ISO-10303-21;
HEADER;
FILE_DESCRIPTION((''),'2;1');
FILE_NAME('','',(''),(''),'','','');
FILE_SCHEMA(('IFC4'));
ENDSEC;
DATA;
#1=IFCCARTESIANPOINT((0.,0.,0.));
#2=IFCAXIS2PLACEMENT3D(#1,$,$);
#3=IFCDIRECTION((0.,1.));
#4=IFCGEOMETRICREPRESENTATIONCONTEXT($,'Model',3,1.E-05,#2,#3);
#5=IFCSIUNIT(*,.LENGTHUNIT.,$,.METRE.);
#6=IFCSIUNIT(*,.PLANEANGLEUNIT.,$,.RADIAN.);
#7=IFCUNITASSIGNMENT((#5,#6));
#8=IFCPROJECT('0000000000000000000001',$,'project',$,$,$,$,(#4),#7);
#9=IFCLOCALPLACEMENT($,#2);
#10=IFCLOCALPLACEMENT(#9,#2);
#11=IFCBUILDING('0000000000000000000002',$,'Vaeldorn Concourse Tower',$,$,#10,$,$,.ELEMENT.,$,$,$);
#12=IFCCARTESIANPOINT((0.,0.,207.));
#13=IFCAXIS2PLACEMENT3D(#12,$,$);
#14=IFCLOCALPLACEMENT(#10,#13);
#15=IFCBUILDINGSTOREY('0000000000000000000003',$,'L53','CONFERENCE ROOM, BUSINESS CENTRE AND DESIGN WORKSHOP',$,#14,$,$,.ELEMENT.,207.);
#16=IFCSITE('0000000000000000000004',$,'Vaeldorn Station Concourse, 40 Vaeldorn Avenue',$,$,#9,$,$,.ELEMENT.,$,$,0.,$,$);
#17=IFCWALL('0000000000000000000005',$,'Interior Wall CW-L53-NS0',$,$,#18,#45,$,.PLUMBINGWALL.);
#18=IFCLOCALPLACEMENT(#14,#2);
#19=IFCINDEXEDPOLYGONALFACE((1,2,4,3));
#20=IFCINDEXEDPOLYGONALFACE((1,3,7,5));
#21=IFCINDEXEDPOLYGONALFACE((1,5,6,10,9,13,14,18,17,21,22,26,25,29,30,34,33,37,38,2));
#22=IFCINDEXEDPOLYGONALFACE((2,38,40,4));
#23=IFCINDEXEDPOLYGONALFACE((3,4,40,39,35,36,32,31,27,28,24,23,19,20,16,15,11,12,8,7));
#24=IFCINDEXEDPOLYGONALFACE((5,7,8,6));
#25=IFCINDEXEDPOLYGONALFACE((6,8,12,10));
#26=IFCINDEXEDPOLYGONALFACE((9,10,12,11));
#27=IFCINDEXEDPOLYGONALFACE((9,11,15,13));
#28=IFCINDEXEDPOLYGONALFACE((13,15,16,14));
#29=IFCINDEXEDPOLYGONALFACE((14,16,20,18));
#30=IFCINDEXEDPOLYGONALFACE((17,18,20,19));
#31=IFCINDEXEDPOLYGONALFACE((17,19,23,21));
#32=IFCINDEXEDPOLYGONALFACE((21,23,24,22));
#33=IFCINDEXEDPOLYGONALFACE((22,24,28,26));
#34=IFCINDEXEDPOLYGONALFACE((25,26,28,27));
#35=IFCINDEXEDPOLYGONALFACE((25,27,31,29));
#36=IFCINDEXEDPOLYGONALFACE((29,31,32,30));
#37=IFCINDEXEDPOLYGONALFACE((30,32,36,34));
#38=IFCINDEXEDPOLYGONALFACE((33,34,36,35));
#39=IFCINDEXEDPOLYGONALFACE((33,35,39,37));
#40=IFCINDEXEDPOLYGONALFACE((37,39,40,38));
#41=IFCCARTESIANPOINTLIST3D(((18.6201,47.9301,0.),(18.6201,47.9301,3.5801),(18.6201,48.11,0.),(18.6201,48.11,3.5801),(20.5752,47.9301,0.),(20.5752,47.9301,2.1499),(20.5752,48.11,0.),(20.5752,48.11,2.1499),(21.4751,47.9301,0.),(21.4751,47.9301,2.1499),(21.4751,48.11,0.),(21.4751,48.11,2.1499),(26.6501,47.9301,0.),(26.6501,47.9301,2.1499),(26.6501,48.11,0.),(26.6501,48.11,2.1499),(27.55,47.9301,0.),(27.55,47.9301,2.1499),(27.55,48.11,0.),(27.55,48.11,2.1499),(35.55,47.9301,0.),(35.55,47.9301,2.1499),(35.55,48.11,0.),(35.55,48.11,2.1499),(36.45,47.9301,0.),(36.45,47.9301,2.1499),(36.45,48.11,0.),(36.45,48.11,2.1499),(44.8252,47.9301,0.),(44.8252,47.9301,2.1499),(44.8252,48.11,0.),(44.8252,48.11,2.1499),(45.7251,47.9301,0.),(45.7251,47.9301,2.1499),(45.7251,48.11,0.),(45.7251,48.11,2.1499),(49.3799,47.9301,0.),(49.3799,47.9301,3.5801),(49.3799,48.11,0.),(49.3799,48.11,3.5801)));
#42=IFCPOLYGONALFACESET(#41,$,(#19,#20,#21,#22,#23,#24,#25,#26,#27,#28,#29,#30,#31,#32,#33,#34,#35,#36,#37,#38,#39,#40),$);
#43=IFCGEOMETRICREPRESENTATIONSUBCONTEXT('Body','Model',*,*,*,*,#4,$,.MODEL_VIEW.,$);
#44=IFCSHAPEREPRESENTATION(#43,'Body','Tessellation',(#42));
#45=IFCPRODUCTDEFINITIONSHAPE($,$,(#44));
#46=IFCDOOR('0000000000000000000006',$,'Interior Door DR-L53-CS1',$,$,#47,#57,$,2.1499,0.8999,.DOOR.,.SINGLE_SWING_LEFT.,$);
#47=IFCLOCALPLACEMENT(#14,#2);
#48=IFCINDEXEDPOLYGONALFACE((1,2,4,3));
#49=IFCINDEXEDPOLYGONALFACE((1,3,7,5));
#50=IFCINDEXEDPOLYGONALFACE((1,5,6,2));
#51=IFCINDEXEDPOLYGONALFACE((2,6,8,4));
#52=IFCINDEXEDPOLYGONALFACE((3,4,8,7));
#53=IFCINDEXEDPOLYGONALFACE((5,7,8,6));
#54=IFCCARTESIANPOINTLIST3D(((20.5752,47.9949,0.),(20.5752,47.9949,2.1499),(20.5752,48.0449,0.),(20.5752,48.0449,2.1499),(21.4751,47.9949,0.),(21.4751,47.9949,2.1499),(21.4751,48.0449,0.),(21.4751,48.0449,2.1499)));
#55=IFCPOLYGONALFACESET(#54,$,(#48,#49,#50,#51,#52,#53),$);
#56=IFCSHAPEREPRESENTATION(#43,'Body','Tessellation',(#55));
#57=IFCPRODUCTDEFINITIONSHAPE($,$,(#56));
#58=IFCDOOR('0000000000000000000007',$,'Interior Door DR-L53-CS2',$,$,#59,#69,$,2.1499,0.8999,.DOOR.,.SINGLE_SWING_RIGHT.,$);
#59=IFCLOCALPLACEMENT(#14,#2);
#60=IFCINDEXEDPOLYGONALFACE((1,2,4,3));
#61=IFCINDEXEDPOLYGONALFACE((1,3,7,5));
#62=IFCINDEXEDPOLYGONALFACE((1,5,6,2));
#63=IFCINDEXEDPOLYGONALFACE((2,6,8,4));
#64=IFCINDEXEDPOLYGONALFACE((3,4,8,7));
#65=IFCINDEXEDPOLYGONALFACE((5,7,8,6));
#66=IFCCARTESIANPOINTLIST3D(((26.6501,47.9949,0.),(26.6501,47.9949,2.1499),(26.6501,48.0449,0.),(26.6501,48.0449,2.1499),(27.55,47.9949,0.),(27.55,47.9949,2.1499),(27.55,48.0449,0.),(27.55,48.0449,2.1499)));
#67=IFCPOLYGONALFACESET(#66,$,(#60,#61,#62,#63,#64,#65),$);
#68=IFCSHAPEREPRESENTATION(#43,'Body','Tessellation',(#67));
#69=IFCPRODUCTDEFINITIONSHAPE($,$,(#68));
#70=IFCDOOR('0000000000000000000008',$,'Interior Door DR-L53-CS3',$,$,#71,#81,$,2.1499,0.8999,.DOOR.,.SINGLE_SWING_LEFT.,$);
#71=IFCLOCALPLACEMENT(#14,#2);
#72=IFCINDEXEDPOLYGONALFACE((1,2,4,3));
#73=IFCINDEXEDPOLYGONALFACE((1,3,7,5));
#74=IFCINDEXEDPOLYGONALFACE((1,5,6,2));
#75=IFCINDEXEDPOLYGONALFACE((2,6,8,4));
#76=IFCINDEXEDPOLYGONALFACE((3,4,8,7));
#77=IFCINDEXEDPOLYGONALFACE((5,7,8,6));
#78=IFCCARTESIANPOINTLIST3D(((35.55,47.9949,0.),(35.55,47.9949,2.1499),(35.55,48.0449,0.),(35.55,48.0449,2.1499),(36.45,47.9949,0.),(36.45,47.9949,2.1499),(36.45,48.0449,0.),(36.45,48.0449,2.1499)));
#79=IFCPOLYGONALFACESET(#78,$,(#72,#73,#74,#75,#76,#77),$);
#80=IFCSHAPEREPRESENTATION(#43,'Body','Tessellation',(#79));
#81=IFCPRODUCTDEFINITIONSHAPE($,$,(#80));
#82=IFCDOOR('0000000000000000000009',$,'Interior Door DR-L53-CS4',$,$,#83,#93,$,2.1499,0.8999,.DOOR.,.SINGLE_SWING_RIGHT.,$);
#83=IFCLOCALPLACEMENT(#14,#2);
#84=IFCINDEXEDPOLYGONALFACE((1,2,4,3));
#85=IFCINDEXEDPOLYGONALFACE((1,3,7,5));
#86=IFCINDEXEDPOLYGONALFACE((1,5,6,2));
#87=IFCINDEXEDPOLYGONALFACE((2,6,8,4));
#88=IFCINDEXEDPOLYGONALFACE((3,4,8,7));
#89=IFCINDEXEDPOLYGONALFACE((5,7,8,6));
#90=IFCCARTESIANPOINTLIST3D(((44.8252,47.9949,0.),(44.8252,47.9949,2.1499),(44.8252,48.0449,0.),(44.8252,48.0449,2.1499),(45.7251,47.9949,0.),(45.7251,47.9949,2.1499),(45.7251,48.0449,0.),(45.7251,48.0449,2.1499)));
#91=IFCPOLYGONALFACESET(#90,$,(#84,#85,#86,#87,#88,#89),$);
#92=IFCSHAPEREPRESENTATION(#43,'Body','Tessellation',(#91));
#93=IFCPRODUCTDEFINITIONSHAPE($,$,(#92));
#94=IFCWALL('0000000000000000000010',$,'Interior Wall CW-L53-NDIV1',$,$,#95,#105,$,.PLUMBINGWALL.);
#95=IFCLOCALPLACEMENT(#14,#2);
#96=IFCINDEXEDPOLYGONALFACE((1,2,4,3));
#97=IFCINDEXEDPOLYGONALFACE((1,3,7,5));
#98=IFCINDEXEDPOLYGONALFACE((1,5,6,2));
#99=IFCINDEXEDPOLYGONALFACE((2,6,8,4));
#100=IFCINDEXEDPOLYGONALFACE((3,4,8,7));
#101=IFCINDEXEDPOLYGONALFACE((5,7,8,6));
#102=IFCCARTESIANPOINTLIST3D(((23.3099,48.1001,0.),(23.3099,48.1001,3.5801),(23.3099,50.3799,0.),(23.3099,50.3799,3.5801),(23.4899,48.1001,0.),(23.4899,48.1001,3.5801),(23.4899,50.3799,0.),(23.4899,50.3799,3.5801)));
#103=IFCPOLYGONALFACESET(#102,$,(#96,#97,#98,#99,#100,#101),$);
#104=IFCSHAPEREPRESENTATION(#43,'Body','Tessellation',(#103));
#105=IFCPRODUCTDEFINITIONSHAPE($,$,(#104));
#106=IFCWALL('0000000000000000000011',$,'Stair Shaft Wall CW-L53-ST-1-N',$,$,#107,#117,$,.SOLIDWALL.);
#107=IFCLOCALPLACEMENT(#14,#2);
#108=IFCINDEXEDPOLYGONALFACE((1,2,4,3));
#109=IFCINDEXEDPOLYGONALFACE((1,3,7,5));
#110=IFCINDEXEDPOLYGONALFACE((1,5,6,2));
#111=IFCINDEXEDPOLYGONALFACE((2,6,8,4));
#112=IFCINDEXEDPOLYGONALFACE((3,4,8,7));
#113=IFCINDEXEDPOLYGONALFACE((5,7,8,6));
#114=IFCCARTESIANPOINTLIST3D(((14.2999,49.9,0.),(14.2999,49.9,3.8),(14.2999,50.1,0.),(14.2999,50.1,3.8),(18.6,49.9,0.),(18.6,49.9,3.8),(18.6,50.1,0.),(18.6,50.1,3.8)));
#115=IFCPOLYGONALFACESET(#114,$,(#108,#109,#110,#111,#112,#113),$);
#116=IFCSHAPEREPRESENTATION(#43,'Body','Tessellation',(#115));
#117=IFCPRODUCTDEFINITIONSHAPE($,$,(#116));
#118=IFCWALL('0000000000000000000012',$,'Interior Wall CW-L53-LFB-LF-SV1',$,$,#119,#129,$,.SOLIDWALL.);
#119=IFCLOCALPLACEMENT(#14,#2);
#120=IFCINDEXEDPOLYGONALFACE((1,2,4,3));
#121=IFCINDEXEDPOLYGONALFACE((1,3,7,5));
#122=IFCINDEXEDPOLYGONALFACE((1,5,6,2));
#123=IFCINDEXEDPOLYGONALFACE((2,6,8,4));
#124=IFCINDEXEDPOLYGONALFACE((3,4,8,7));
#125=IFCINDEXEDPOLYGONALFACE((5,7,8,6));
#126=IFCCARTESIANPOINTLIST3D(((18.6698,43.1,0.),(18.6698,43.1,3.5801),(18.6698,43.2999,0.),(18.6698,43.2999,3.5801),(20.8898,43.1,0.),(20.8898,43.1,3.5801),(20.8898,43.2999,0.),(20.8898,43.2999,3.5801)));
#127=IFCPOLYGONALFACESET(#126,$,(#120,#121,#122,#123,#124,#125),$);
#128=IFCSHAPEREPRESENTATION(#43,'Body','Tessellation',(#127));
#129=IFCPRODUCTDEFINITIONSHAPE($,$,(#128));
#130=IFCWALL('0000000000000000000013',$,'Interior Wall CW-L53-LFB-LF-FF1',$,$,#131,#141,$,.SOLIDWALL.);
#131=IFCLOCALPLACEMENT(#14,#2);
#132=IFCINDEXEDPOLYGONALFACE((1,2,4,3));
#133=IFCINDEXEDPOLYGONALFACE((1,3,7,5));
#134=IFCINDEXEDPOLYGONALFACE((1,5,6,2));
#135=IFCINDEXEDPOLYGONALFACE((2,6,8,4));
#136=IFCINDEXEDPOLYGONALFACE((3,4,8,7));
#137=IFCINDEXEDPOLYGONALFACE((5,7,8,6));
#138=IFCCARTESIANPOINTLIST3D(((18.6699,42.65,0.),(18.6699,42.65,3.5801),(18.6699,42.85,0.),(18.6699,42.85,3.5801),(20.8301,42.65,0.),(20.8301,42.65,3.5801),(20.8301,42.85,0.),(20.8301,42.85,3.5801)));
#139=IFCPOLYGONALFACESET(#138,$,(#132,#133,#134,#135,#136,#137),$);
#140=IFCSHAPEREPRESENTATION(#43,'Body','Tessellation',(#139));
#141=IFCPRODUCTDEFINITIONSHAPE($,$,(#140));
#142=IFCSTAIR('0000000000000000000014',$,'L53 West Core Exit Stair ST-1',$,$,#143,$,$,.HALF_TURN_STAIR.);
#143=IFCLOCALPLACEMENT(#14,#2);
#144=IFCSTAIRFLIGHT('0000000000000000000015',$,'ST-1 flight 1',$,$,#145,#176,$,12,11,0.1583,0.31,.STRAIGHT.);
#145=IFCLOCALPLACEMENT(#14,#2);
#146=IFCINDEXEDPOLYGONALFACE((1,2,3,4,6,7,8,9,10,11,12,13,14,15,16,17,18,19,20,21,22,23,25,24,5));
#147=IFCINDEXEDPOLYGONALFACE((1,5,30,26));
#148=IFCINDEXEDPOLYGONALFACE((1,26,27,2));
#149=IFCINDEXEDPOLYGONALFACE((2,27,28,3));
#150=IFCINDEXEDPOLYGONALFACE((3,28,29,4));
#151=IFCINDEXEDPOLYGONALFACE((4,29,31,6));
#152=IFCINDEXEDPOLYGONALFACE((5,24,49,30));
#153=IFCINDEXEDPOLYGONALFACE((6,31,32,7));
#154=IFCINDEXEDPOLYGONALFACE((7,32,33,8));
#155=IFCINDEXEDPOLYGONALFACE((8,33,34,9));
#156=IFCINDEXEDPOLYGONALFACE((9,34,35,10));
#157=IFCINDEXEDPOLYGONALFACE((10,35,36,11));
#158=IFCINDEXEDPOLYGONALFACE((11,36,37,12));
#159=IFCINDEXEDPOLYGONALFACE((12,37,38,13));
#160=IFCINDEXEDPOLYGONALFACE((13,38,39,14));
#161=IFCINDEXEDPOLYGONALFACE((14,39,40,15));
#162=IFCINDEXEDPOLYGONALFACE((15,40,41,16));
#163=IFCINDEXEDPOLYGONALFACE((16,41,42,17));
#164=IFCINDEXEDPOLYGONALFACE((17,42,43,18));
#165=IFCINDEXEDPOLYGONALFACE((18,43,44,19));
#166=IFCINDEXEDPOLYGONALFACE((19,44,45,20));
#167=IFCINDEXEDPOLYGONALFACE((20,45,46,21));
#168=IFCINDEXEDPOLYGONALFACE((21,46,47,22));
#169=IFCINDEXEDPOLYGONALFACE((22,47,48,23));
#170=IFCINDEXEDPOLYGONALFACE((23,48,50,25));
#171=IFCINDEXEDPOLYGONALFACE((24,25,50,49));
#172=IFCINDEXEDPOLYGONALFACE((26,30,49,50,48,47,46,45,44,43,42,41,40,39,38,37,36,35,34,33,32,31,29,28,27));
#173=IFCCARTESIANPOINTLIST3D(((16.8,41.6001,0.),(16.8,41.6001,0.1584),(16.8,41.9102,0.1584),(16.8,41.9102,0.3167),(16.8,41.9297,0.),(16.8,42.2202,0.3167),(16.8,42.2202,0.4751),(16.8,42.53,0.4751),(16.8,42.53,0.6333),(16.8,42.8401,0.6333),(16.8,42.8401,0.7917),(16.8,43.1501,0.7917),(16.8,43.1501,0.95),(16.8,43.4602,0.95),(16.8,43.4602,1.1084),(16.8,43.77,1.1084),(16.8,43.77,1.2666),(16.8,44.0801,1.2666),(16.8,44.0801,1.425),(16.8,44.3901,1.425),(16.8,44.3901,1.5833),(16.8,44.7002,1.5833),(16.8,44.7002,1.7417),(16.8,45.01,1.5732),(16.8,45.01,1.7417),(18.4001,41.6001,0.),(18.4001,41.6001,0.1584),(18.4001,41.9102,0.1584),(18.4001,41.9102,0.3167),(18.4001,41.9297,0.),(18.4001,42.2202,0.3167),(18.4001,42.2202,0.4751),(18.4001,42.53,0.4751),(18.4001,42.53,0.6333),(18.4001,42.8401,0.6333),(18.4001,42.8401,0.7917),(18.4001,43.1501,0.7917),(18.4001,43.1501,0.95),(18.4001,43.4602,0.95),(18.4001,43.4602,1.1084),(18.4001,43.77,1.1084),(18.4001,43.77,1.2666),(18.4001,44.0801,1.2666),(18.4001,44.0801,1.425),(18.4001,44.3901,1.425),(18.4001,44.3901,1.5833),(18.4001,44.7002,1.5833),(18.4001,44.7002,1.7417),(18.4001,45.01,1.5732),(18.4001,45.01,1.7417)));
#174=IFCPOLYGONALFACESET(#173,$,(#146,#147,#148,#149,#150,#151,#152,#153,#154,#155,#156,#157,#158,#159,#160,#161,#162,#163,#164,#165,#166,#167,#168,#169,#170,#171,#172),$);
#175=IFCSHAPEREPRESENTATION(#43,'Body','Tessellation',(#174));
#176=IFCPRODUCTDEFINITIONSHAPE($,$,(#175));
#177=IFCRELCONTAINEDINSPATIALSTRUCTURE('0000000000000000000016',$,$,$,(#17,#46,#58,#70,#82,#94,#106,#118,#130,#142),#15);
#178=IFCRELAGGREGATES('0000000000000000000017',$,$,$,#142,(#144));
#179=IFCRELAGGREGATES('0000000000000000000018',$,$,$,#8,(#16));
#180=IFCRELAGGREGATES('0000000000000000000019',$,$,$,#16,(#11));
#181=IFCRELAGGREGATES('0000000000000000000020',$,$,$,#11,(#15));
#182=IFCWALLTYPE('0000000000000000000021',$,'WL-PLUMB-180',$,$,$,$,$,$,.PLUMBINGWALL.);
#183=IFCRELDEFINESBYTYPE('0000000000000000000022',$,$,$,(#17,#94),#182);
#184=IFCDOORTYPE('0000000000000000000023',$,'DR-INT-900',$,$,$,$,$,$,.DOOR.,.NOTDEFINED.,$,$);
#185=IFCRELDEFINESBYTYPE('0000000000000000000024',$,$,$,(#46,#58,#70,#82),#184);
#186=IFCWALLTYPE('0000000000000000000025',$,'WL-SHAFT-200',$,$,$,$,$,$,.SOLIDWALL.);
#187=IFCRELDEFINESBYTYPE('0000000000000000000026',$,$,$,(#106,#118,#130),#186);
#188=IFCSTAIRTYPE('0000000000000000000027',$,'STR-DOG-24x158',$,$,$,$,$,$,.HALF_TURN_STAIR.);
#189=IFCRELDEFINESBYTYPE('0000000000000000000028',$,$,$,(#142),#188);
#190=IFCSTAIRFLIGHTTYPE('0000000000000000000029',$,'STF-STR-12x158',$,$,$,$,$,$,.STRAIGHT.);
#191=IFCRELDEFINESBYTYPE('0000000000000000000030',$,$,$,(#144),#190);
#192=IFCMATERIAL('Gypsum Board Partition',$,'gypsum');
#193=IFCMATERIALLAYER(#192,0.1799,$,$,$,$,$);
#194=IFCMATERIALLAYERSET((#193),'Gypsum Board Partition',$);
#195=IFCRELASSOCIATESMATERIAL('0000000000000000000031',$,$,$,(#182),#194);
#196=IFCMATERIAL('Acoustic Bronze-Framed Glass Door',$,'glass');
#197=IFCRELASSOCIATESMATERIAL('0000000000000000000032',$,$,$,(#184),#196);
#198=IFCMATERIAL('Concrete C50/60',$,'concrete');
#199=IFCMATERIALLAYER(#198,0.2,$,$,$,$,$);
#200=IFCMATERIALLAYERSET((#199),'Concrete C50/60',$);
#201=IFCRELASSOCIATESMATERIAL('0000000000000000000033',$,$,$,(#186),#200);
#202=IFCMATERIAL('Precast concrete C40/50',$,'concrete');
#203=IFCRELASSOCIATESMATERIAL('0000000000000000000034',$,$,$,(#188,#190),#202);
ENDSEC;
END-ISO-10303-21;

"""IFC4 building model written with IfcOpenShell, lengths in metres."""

from ifc_helpers import new_model, si_unit, direction, frame, frame_2d, origin, place, context, subcontext, project, spatial, polyline, rectangle, outline, extrude, source, transform, mapped, material, layer, layer_set, type_object, element, fill, aggregate, save


model = new_model("IFC4")

# Units and contexts
model_context = context("Model", 3, precision=1e-05, world=origin(), true_north=direction((0.0, 1.0)))
body_context = subcontext(model_context, "Body", "Model", "MODEL_VIEW")
ifc_project = project(units=[si_unit("LENGTHUNIT", "METRE"), si_unit("PLANEANGLEUNIT", "RADIAN")], contexts=[model_context])

# Site, building, storey
site_placement = place(None, origin())
site = spatial("IfcSite", under=ifc_project, at=site_placement, Name="Vaeldorn Station Concourse, 40 Vaeldorn Avenue", CompositionType="ELEMENT", RefElevation=0.0)
building_placement = place(site_placement, origin())
building = spatial("IfcBuilding", under=site, at=building_placement, Name="Vaeldorn Concourse Tower", CompositionType="ELEMENT")
storey_placement = place(building_placement, frame((0.0, 0.0, 207.0)))
storey = spatial("IfcBuildingStorey", under=building, at=storey_placement, Name="L53", Description="CONFERENCE ROOM, BUSINESS CENTRE AND DESIGN WORKSHOP", CompositionType="ELEMENT", Elevation=207.0)

# Shared definitions
ifc_material_1 = material(Name="Concrete C50/60", Category="concrete")
ifc_material_2 = material(Name="Gypsum Board Partition", Category="gypsum")

# Wall, openings, doors
ifc_layer_1 = layer(ifc_material_2, 0.1799)
ifc_layer_set_1 = layer_set([ifc_layer_1], Name="Gypsum Board Partition")
wall_type_1 = type_object("IfcWallType", Name="WL-PLUMB-180", PredefinedType="PLUMBINGWALL", material=ifc_layer_set_1)
wall_1_placement = place(storey_placement, frame((18.6201, 48.02, 0.0), z_axis=(0.0, 0.0, 1.0), x_axis=(1.0, 0.0, 0.0)))
wall_1 = element("IfcWall", 1, at=wall_1_placement, inside=storey, type_object=wall_type_1, Name="Interior Wall CW-L53-NS0", PredefinedType="PLUMBINGWALL", context=body_context, shape_type="SweptSolid", body=[
    extrude(rectangle(XDim=30.7598, YDim=0.1799, at=frame_2d((15.3799, 0.0))), origin(), (0.0, 0.0, 1.0), 3.5801),
])
opening_1_placement = place(wall_1_placement, frame((1.9551, 0.0, 0.0)))
opening_1 = element("IfcOpeningElement", 2, at=opening_1_placement, cuts=wall_1, PredefinedType="OPENING", context=body_context, shape_type="SweptSolid", body=[
    extrude(rectangle(XDim=0.8999, YDim=2.1499, at=frame_2d((0.45, 1.075))), frame((0.0, 0.1001, 0.0), z_axis=(0.0, -1.0, 0.0), x_axis=(1.0, 0.0, 0.0)), (0.0, 0.0, 1.0), 0.2),
])
opening_2_placement = place(wall_1_placement, frame((8.03, 0.0, 0.0)))
opening_2 = element("IfcOpeningElement", 3, at=opening_2_placement, cuts=wall_1, PredefinedType="OPENING", context=body_context, shape_type="SweptSolid", body=[
    extrude(rectangle(XDim=0.8999, YDim=2.1499, at=frame_2d((0.45, 1.075))), frame((0.0, 0.1001, 0.0), z_axis=(0.0, -1.0, 0.0), x_axis=(1.0, 0.0, 0.0)), (0.0, 0.0, 1.0), 0.2),
])
opening_3_placement = place(wall_1_placement, frame((16.9299, 0.0, 0.0)))
opening_3 = element("IfcOpeningElement", 4, at=opening_3_placement, cuts=wall_1, PredefinedType="OPENING", context=body_context, shape_type="SweptSolid", body=[
    extrude(rectangle(XDim=0.8999, YDim=2.1499, at=frame_2d((0.45, 1.075))), frame((0.0, 0.1001, 0.0), z_axis=(0.0, -1.0, 0.0), x_axis=(1.0, 0.0, 0.0)), (0.0, 0.0, 1.0), 0.2),
])
opening_4_placement = place(wall_1_placement, frame((26.2051, 0.0, 0.0)))
opening_4 = element("IfcOpeningElement", 5, at=opening_4_placement, cuts=wall_1, PredefinedType="OPENING", context=body_context, shape_type="SweptSolid", body=[
    extrude(rectangle(XDim=0.8999, YDim=2.1499, at=frame_2d((0.45, 1.075))), frame((0.0, 0.1001, 0.0), z_axis=(0.0, -1.0, 0.0), x_axis=(1.0, 0.0, 0.0)), (0.0, 0.0, 1.0), 0.2),
])
ifc_material_3 = material(Name="Acoustic Bronze-Framed Glass Door", Category="glass")
door_type_1 = type_object("IfcDoorType", Name="DR-INT-900", OperationType="NOTDEFINED", PredefinedType="DOOR", material=ifc_material_3)
shared_shape_1 = source(origin(), body_context, "Body", "SweptSolid", [
    extrude(rectangle(XDim=0.8999, YDim=2.1499, at=frame_2d((0.45, 1.075))), frame((0.0, 0.0249, 0.0), z_axis=(0.0, -1.0, 0.0), x_axis=(1.0, 0.0, 0.0)), (0.0, 0.0, 1.0), 0.05),
])
door_1_placement = place(opening_1_placement, origin())
door_1 = element("IfcDoor", 6, at=door_1_placement, inside=storey, type_object=door_type_1, Name="Interior Door DR-L53-CS1", OperationType="SINGLE_SWING_LEFT", OverallHeight=2.1499, OverallWidth=0.8999, PredefinedType="DOOR", context=body_context, shape_type="MappedRepresentation", body=[
    mapped(shared_shape_1, transform((0.0, 0.0, 0.0), scale=1.0)),
])
fill(opening_1, door_1)
door_2_placement = place(opening_2_placement, origin())
door_2 = element("IfcDoor", 7, at=door_2_placement, inside=storey, type_object=door_type_1, Name="Interior Door DR-L53-CS2", OperationType="SINGLE_SWING_RIGHT", OverallHeight=2.1499, OverallWidth=0.8999, PredefinedType="DOOR", context=body_context, shape_type="MappedRepresentation", body=[
    mapped(shared_shape_1, transform((0.0, 0.0, 0.0), scale=1.0)),
])
fill(opening_2, door_2)
door_3_placement = place(opening_3_placement, origin())
door_3 = element("IfcDoor", 8, at=door_3_placement, inside=storey, type_object=door_type_1, Name="Interior Door DR-L53-CS3", OperationType="SINGLE_SWING_LEFT", OverallHeight=2.1499, OverallWidth=0.8999, PredefinedType="DOOR", context=body_context, shape_type="MappedRepresentation", body=[
    mapped(shared_shape_1, transform((0.0, 0.0, 0.0), scale=1.0)),
])
fill(opening_3, door_3)
door_4_placement = place(opening_4_placement, origin())
door_4 = element("IfcDoor", 9, at=door_4_placement, inside=storey, type_object=door_type_1, Name="Interior Door DR-L53-CS4", OperationType="SINGLE_SWING_RIGHT", OverallHeight=2.1499, OverallWidth=0.8999, PredefinedType="DOOR", context=body_context, shape_type="MappedRepresentation", body=[
    mapped(shared_shape_1, transform((0.0, 0.0, 0.0), scale=1.0)),
])
fill(opening_4, door_4)

# Walls
wall_2_placement = place(storey_placement, frame((23.3999, 48.1001, 0.0), z_axis=(0.0, 0.0, 1.0), x_axis=(0.0, 1.0, 0.0)))
element("IfcWall", 10, at=wall_2_placement, inside=storey, type_object=wall_type_1, Name="Interior Wall CW-L53-NDIV1", PredefinedType="PLUMBINGWALL", context=body_context, shape_type="SweptSolid", body=[
    extrude(rectangle(XDim=2.2798, YDim=0.1799, at=frame_2d((1.1399, 0.0))), origin(), (0.0, 0.0, 1.0), 3.5801),
])
ifc_layer_2 = layer(ifc_material_1, 0.2)
ifc_layer_set_2 = layer_set([ifc_layer_2], Name="Concrete C50/60")
wall_type_2 = type_object("IfcWallType", Name="WL-SHAFT-200", PredefinedType="SOLIDWALL", material=ifc_layer_set_2)
wall_3_placement = place(storey_placement, frame((14.3, 50.0, 0.0), z_axis=(0.0, 0.0, 1.0), x_axis=(1.0, 0.0, 0.0)))
element("IfcWall", 11, at=wall_3_placement, inside=storey, type_object=wall_type_2, Name="Stair Shaft Wall CW-L53-ST-1-N", PredefinedType="SOLIDWALL", context=body_context, shape_type="SweptSolid", body=[
    extrude(rectangle(XDim=4.3, YDim=0.2, at=frame_2d((2.1499, 0.0))), origin(), (0.0, 0.0, 1.0), 3.8),
])

# Walls
wall_4_placement = place(storey_placement, frame((18.6699, 43.2, 0.0), z_axis=(0.0, 0.0, 1.0), x_axis=(1.0, 0.0, 0.0)))
element("IfcWall", 12, at=wall_4_placement, inside=storey, type_object=wall_type_2, Name="Interior Wall CW-L53-LFB-LF-SV1", PredefinedType="SOLIDWALL", context=body_context, shape_type="SweptSolid", body=[
    extrude(rectangle(XDim=2.22, YDim=0.2, at=frame_2d((1.1099, 0.0))), origin(), (0.0, 0.0, 1.0), 3.5801),
])
wall_5_placement = place(storey_placement, frame((18.6699, 42.75, 0.0), z_axis=(0.0, 0.0, 1.0), x_axis=(1.0, 0.0, 0.0)))
element("IfcWall", 13, at=wall_5_placement, inside=storey, type_object=wall_type_2, Name="Interior Wall CW-L53-LFB-LF-FF1", PredefinedType="SOLIDWALL", context=body_context, shape_type="SweptSolid", body=[
    extrude(rectangle(XDim=2.1602, YDim=0.2, at=frame_2d((1.0801, 0.0))), origin(), (0.0, 0.0, 1.0), 3.5801),
])

# Stair, stair flight
ifc_material_4 = material(Name="Precast concrete C40/50", Category="concrete")
stair_type = type_object("IfcStairType", Name="STR-DOG-24x158", PredefinedType="HALF_TURN_STAIR", material=ifc_material_4)
stair_placement = place(storey_placement, origin())
stair = element("IfcStair", 14, at=stair_placement, inside=storey, type_object=stair_type, Name="L53 West Core Exit Stair ST-1", PredefinedType="HALF_TURN_STAIR")
stair_flight_type = type_object("IfcStairFlightType", Name="STF-STR-12x158", PredefinedType="STRAIGHT", material=ifc_material_4)
stair_flight_1_placement = place(storey_placement, frame((17.6001, 41.6001, 0.0), z_axis=(0.0, 0.0, 1.0), x_axis=(0.0, 1.0, 0.0)))
stair_flight_1 = element("IfcStairFlight", 15, at=stair_flight_1_placement, type_object=stair_flight_type, Name="ST-1 flight 1", NumberOfRisers=12, NumberOfTreads=11, PredefinedType="STRAIGHT", RiserHeight=0.1583, TreadLength=0.31, context=body_context, shape_type="SweptSolid", body=[
    extrude(outline(polyline([(0.0, 0.0), (0.0, 0.1584), (0.3101, 0.1584), (0.3101, 0.3167), (0.6201, 0.3167), (0.6201, 0.4751), (0.9299, 0.4751), (0.9299, 0.6333), (1.24, 0.6333), (1.24, 0.7917), (1.55, 0.7917), (1.55, 0.95), (1.8601, 0.95), (1.8601, 1.1084), (2.1699, 1.1084), (2.1699, 1.2666), (2.48, 1.2666), (2.48, 1.425), (2.79, 1.425), (2.79, 1.5833), (3.1001, 1.5833), (3.1001, 1.7417), (3.4099, 1.7417), (3.4099, 1.8999), (3.4099, 1.5732), (0.3296, 0.0), (0.0, 0.0)])), frame((0.0, 0.8, 0.0), z_axis=(0.0, -1.0, 0.0), x_axis=(1.0, 0.0, 0.0)), (0.0, 0.0, 1.0), 1.6001),
])
aggregate(stair, [stair_flight_1])

save(model, "model.ifc")
